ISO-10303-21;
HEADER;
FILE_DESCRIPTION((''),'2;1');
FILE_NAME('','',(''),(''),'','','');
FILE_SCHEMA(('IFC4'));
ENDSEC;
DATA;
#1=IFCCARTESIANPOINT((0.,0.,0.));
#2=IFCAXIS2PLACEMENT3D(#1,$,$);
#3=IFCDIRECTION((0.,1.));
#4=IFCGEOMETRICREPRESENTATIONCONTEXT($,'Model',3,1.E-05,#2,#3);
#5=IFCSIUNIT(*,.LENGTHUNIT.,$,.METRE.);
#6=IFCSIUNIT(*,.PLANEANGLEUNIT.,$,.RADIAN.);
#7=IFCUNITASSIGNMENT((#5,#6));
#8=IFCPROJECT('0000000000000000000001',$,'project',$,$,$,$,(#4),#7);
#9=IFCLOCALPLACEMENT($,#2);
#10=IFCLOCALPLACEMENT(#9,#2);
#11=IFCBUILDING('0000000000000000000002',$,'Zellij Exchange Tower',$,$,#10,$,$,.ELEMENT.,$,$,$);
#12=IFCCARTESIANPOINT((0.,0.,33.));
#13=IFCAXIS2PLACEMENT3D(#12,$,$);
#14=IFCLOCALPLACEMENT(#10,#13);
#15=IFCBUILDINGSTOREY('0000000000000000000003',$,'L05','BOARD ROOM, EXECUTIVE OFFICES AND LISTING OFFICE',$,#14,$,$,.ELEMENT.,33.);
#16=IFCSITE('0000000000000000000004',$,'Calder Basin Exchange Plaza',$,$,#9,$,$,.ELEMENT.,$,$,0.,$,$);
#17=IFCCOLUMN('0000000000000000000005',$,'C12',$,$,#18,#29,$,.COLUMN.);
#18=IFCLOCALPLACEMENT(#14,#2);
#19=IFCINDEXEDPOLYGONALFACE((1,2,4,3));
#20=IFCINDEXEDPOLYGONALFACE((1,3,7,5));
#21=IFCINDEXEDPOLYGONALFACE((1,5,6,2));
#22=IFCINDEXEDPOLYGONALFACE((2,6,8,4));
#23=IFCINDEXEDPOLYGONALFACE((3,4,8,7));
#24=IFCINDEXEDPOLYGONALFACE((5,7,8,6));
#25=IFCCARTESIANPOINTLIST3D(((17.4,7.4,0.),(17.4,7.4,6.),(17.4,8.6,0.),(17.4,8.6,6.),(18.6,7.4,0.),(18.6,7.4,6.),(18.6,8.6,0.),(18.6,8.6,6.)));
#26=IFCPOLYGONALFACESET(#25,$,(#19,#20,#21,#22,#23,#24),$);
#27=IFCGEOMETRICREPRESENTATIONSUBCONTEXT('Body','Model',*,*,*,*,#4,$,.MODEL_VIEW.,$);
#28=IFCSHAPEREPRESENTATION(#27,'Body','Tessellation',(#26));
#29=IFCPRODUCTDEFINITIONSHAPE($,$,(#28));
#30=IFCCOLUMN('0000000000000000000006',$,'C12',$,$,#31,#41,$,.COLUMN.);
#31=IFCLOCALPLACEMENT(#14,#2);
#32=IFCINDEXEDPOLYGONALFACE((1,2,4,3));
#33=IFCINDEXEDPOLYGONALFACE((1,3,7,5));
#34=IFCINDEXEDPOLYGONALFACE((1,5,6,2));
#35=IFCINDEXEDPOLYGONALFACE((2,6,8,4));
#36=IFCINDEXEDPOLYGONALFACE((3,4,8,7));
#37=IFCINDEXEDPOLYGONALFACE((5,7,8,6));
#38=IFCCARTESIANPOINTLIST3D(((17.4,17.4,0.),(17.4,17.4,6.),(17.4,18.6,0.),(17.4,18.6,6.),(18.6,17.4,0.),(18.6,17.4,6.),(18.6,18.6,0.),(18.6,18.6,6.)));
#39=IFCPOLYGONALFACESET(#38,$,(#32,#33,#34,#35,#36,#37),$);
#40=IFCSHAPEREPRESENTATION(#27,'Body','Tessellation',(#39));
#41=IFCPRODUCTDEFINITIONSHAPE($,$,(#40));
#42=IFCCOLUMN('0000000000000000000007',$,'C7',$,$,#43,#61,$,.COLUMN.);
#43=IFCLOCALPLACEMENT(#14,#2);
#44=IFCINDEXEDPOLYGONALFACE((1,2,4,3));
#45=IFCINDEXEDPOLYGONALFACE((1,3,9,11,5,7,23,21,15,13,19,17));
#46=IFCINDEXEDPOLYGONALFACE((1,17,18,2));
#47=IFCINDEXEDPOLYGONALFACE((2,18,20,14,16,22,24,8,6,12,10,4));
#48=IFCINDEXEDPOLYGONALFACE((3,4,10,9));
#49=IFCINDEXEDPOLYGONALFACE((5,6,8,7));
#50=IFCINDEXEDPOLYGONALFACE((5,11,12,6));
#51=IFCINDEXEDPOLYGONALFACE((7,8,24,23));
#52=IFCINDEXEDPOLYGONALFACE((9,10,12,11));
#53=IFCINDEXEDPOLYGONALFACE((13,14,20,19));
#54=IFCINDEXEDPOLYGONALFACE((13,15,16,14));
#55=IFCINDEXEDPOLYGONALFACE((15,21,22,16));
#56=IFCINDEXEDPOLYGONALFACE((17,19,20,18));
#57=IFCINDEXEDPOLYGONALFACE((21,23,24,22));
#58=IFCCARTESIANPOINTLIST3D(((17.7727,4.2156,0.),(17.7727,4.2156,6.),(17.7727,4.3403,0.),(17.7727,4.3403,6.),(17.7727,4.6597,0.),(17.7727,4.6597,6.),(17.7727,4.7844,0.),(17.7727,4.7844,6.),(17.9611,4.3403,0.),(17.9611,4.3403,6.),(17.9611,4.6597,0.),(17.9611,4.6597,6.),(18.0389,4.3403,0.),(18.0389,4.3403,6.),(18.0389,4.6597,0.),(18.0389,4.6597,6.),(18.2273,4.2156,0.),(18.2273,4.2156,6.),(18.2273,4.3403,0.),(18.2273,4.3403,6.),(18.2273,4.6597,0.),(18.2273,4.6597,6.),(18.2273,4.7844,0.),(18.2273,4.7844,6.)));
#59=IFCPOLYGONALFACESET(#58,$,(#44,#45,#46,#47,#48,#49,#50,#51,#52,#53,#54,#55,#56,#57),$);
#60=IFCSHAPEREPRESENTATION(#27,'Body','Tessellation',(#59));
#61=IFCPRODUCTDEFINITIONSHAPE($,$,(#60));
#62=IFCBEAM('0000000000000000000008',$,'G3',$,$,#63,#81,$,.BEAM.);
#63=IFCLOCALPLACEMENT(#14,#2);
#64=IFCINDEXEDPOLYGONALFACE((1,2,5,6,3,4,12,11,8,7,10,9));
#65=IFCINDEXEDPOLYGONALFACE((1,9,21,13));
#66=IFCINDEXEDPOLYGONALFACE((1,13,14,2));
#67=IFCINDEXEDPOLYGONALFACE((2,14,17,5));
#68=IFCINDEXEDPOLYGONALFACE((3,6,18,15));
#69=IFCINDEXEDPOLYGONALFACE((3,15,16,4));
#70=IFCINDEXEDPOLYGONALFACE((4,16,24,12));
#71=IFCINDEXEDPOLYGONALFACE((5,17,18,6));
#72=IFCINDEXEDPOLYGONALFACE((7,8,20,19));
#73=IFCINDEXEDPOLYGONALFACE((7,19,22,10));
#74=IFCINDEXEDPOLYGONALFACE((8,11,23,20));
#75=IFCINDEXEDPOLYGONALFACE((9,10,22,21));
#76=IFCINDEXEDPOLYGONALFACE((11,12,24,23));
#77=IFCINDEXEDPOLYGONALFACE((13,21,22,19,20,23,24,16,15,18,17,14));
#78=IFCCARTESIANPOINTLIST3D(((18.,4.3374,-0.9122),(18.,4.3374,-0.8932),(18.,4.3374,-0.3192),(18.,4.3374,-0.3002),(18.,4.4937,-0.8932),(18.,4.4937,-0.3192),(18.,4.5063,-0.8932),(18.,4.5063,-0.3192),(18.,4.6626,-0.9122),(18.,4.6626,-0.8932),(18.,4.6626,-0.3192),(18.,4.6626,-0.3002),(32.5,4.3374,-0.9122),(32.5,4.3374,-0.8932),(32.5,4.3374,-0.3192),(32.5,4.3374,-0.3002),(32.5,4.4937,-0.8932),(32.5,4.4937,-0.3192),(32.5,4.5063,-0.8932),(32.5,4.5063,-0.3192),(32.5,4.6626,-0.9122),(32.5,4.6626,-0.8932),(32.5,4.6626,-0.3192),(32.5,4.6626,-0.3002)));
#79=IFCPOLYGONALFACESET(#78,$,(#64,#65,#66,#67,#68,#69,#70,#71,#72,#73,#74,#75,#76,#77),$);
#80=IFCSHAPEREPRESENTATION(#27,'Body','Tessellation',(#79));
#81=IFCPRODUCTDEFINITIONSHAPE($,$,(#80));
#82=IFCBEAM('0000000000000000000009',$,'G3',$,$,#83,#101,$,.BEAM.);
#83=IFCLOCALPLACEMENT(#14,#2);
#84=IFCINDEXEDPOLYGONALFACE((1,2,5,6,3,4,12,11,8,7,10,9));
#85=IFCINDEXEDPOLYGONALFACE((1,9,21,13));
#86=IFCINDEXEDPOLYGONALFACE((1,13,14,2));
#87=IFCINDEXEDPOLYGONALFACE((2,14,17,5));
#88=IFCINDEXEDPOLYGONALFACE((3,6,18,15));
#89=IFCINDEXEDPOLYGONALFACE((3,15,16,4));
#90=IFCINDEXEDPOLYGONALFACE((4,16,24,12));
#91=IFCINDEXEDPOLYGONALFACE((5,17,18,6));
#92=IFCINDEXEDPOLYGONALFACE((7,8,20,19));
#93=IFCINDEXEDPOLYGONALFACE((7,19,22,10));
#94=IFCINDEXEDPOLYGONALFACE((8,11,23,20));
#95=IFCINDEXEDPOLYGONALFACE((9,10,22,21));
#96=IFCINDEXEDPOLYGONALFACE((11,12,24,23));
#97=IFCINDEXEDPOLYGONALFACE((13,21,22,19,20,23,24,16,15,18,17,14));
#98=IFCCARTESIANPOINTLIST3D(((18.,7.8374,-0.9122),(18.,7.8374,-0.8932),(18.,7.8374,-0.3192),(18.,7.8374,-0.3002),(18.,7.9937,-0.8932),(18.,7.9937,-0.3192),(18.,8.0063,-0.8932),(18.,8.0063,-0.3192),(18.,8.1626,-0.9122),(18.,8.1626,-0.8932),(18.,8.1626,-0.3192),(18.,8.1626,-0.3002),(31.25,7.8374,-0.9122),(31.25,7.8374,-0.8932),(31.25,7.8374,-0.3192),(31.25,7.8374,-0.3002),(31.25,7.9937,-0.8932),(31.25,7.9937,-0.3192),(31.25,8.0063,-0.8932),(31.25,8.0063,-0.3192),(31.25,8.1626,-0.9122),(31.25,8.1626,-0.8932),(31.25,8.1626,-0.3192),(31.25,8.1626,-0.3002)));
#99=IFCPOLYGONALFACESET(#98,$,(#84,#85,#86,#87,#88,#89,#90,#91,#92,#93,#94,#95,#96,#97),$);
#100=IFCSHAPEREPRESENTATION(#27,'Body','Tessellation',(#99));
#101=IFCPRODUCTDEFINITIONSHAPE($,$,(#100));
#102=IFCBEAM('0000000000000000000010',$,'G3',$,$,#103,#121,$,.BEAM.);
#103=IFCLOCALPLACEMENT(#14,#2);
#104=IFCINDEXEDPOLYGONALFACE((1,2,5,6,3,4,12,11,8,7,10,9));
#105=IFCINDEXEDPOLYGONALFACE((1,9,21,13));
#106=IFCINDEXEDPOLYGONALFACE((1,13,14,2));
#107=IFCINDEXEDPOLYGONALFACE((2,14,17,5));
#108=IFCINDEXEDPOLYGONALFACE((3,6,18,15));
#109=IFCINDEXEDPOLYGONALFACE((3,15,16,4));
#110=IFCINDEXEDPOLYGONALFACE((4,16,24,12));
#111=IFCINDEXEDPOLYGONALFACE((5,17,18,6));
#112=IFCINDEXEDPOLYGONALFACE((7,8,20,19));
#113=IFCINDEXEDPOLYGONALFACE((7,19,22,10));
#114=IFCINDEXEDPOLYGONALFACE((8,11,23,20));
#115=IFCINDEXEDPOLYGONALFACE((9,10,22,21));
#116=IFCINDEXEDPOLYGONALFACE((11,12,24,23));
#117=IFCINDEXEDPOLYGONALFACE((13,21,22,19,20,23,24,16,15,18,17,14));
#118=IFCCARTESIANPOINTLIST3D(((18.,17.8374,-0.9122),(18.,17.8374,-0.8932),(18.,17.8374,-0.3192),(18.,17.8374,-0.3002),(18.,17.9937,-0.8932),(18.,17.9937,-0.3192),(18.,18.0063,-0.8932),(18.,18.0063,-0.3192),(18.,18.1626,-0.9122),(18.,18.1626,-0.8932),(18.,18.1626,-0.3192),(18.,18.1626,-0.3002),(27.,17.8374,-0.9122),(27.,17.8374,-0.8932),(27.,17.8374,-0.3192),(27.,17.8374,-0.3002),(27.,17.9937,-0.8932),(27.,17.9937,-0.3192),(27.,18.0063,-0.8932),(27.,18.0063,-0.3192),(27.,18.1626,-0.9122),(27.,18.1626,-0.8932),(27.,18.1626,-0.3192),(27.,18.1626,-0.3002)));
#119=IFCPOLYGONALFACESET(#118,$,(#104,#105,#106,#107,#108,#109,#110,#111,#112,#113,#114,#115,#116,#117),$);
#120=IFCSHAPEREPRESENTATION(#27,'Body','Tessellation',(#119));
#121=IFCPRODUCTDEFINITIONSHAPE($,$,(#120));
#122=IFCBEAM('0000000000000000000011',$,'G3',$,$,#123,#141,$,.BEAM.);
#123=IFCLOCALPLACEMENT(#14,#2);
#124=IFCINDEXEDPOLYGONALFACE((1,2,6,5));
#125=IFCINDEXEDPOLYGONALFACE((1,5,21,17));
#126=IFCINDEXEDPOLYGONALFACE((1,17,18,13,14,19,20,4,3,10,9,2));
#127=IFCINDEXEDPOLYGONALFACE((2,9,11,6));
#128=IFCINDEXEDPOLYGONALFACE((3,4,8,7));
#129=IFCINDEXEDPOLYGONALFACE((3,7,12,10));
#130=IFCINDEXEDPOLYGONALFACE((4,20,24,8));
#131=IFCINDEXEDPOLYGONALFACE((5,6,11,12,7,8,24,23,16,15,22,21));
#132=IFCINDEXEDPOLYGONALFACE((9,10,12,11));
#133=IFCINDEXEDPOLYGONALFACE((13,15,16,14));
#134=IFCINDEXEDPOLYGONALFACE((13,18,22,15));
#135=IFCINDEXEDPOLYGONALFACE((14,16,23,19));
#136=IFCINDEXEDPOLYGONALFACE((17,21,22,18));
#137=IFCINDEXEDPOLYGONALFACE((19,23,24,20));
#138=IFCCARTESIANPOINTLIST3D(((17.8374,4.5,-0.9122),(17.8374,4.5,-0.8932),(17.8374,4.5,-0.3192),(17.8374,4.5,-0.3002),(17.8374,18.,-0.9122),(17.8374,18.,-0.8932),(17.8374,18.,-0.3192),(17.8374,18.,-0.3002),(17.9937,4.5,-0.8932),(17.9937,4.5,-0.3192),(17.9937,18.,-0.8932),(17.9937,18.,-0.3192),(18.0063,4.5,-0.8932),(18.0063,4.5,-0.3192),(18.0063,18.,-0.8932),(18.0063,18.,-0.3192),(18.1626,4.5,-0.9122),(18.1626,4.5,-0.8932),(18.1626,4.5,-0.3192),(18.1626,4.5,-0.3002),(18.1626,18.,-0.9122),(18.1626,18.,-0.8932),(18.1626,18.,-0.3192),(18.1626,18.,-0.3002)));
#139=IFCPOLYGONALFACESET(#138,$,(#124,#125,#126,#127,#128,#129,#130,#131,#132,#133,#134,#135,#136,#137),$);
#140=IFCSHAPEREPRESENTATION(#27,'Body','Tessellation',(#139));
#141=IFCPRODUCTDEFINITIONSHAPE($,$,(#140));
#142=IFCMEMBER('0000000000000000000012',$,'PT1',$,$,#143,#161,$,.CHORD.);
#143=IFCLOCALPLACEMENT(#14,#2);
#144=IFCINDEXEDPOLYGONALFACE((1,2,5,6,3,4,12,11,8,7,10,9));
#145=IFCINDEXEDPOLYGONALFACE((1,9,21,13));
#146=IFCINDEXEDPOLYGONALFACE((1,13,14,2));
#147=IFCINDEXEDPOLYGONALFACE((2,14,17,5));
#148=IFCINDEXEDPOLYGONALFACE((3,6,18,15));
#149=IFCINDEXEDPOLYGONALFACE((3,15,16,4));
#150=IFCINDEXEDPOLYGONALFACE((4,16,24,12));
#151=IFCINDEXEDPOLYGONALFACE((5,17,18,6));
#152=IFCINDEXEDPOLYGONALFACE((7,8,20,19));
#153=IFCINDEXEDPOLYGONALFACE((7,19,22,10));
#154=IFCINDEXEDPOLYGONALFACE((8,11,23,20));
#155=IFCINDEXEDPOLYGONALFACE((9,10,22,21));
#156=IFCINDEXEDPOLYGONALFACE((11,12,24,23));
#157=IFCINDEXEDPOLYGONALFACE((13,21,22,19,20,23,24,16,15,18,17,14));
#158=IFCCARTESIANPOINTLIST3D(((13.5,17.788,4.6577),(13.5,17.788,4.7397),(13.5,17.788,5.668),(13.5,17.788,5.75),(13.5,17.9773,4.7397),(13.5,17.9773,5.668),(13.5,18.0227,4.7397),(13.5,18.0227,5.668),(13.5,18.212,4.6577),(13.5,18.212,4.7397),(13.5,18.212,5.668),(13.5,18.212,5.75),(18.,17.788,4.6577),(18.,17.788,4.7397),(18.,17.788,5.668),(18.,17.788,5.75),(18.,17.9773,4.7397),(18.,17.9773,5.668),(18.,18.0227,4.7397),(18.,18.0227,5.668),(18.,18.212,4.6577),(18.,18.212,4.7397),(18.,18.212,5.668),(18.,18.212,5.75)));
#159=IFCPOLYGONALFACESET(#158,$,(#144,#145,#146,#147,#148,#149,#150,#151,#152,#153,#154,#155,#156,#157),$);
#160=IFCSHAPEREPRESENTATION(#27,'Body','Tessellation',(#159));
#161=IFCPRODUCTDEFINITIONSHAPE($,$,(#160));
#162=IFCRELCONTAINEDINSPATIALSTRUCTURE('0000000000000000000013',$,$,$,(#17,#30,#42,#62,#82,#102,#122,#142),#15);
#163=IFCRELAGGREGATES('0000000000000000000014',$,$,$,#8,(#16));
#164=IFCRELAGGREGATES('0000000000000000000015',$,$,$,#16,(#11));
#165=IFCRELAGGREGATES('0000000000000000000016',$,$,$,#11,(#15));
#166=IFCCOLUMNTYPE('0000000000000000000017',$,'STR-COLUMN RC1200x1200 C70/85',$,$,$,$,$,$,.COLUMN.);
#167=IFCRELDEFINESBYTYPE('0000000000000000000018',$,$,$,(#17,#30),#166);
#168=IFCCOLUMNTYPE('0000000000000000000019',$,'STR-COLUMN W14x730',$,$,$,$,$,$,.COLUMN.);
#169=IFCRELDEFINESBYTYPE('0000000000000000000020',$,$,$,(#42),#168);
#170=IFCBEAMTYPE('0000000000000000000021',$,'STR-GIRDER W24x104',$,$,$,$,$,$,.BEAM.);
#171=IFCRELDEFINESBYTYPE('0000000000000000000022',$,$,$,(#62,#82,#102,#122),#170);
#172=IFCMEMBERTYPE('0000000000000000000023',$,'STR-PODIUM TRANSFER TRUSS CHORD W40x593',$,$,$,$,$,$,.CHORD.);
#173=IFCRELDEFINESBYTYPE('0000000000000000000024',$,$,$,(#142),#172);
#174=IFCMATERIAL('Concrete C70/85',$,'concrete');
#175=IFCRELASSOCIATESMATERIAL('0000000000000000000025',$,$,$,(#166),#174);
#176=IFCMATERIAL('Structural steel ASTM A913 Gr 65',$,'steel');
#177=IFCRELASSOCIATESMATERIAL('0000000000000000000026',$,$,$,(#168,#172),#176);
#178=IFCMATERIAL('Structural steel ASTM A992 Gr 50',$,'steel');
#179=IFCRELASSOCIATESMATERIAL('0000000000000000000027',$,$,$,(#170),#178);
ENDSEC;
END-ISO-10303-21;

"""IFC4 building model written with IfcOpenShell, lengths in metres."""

from ifc_helpers import new_model, si_unit, direction, frame, origin, origin_2d, place, context, subcontext, project, spatial, rectangle, i_section, extrude, material, material_profile, profile_set, type_object, element, save


model = new_model("IFC4")

# Units and contexts
model_context = context("Model", 3, precision=1e-05, world=origin(), true_north=direction((0.0, 1.0)))
body_context = subcontext(model_context, "Body", "Model", "MODEL_VIEW")
ifc_project = project(units=[si_unit("LENGTHUNIT", "METRE"), si_unit("PLANEANGLEUNIT", "RADIAN")], contexts=[model_context])

# Site, building, storey
site_placement = place(None, origin())
site = spatial("IfcSite", under=ifc_project, at=site_placement, Name="Calder Basin Exchange Plaza", CompositionType="ELEMENT", RefElevation=0.0)
building_placement = place(site_placement, origin())
building = spatial("IfcBuilding", under=site, at=building_placement, Name="Zellij Exchange Tower", CompositionType="ELEMENT")
storey_placement = place(building_placement, frame((0.0, 0.0, 33.0)))
storey = spatial("IfcBuildingStorey", under=building, at=storey_placement, Name="L05", Description="BOARD ROOM, EXECUTIVE OFFICES AND LISTING OFFICE", CompositionType="ELEMENT", Elevation=33.0)

# Columns
ifc_material_1 = material(Name="Concrete C70/85", Category="concrete")
ifc_material_profile_1 = material_profile(ifc_material_1, rectangle(XDim=1.2, YDim=1.2, at=origin_2d()), Name="STR-COLUMN RC1200x1200 C70/85")
ifc_profile_set_1 = profile_set([ifc_material_profile_1], Name="Concrete C70/85")
column_type_1 = type_object("IfcColumnType", Name="STR-COLUMN RC1200x1200 C70/85", PredefinedType="COLUMN", material=ifc_profile_set_1)
for number, where, z_axis, x_axis, name in (
    (1, (18.0, 8.0, 0.0), (0.0, 0.0, 1.0), (1.0, 0.0, 0.0), "C12"),
    (2, (18.0, 18.0, 0.0), (0.0, 0.0, 1.0), (1.0, 0.0, 0.0), "C12"),
):
    element("IfcColumn", number, at=place(storey_placement, frame(where, z_axis=z_axis, x_axis=x_axis)), inside=storey, type_object=column_type_1, Name=name, PredefinedType="COLUMN", context=body_context, shape_type="SweptSolid", body=[
        extrude(rectangle(XDim=1.2, YDim=1.2, at=origin_2d()), origin(), (0.0, 0.0, 1.0), 6.0),
    ])
ifc_material_2 = material(Name="Structural steel ASTM A913 Gr 65", Category="steel")
ifc_material_profile_2 = material_profile(ifc_material_2, i_section(OverallWidth=0.4546, OverallDepth=0.5688, WebThickness=0.0779, FlangeThickness=0.1248, at=origin_2d()), Name="W14x730")
ifc_profile_set_2 = profile_set([ifc_material_profile_2], Name="Structural steel ASTM A913 Gr 65")
column_type_2 = type_object("IfcColumnType", Name="STR-COLUMN W14x730", PredefinedType="COLUMN", material=ifc_profile_set_2)
column_placement = place(storey_placement, frame((18.0, 4.5, 0.0), z_axis=(0.0, 0.0, 1.0), x_axis=(1.0, 0.0, 0.0)))
element("IfcColumn", 3, at=column_placement, inside=storey, type_object=column_type_2, Name="C7", PredefinedType="COLUMN", context=body_context, shape_type="SweptSolid", body=[
    extrude(i_section(OverallWidth=0.4546, OverallDepth=0.5688, WebThickness=0.0779, FlangeThickness=0.1248, at=origin_2d()), origin(), (0.0, 0.0, 1.0), 6.0),
])

# Beams
ifc_material_3 = material(Name="Structural steel ASTM A992 Gr 50", Category="steel")
ifc_material_profile_3 = material_profile(ifc_material_3, i_section(OverallWidth=0.3252, OverallDepth=0.6121, WebThickness=0.0127, FlangeThickness=0.019, at=origin_2d()), Name="W24x104")
ifc_profile_set_3 = profile_set([ifc_material_profile_3], Name="Structural steel ASTM A992 Gr 50")
beam_type = type_object("IfcBeamType", Name="STR-GIRDER W24x104", PredefinedType="BEAM", material=ifc_profile_set_3)
beam_1_placement = place(storey_placement, frame((18.0, 4.5, -0.6062), z_axis=(1.0, 0.0, 0.0), x_axis=(0.0, 1.0, 0.0)))
element("IfcBeam", 4, at=beam_1_placement, inside=storey, type_object=beam_type, Name="G3", PredefinedType="BEAM", context=body_context, shape_type="SweptSolid", body=[
    extrude(i_section(OverallWidth=0.3252, OverallDepth=0.6121, WebThickness=0.0127, FlangeThickness=0.019, at=origin_2d()), origin(), (0.0, 0.0, 1.0), 14.5),
])
beam_2_placement = place(storey_placement, frame((18.0, 8.0, -0.6062), z_axis=(1.0, 0.0, 0.0), x_axis=(0.0, 1.0, 0.0)))
element("IfcBeam", 5, at=beam_2_placement, inside=storey, type_object=beam_type, Name="G3", PredefinedType="BEAM", context=body_context, shape_type="SweptSolid", body=[
    extrude(i_section(OverallWidth=0.3252, OverallDepth=0.6121, WebThickness=0.0127, FlangeThickness=0.019, at=origin_2d()), origin(), (0.0, 0.0, 1.0), 13.25),
])
beam_3_placement = place(storey_placement, frame((18.0, 18.0, -0.6062), z_axis=(1.0, 0.0, 0.0), x_axis=(0.0, 1.0, 0.0)))
element("IfcBeam", 6, at=beam_3_placement, inside=storey, type_object=beam_type, Name="G3", PredefinedType="BEAM", context=body_context, shape_type="SweptSolid", body=[
    extrude(i_section(OverallWidth=0.3252, OverallDepth=0.6121, WebThickness=0.0127, FlangeThickness=0.019, at=origin_2d()), origin(), (0.0, 0.0, 1.0), 9.0),
])
beam_4_placement = place(storey_placement, frame((18.0, 4.5, -0.6062), z_axis=(0.0, 1.0, 0.0), x_axis=(-1.0, 0.0, 0.0)))
element("IfcBeam", 7, at=beam_4_placement, inside=storey, type_object=beam_type, Name="G3", PredefinedType="BEAM", context=body_context, shape_type="SweptSolid", body=[
    extrude(i_section(OverallWidth=0.3252, OverallDepth=0.6121, WebThickness=0.0127, FlangeThickness=0.019, at=origin_2d()), origin(), (0.0, 0.0, 1.0), 13.5),
])

# Member
ifc_material_profile_4 = material_profile(ifc_material_2, i_section(OverallWidth=0.4241, OverallDepth=1.0923, WebThickness=0.0454, FlangeThickness=0.082, at=origin_2d()), Name="W40x593")
ifc_profile_set_4 = profile_set([ifc_material_profile_4], Name="Structural steel ASTM A913 Gr 65")
member_type_1 = type_object("IfcMemberType", Name="STR-PODIUM TRANSFER TRUSS CHORD W40x593", PredefinedType="CHORD", material=ifc_profile_set_4)
member_1_placement = place(storey_placement, frame((13.5, 18.0, 5.2039), z_axis=(1.0, 0.0, 0.0), x_axis=(0.0, 1.0, 0.0)))
element("IfcMember", 8, at=member_1_placement, inside=storey, type_object=member_type_1, Name="PT1", PredefinedType="CHORD", context=body_context, shape_type="SweptSolid", body=[
    extrude(i_section(OverallWidth=0.4241, OverallDepth=1.0923, WebThickness=0.0454, FlangeThickness=0.082, at=origin_2d()), origin(), (0.0, 0.0, 1.0), 4.5),
])

save(model, "model.ifc")
